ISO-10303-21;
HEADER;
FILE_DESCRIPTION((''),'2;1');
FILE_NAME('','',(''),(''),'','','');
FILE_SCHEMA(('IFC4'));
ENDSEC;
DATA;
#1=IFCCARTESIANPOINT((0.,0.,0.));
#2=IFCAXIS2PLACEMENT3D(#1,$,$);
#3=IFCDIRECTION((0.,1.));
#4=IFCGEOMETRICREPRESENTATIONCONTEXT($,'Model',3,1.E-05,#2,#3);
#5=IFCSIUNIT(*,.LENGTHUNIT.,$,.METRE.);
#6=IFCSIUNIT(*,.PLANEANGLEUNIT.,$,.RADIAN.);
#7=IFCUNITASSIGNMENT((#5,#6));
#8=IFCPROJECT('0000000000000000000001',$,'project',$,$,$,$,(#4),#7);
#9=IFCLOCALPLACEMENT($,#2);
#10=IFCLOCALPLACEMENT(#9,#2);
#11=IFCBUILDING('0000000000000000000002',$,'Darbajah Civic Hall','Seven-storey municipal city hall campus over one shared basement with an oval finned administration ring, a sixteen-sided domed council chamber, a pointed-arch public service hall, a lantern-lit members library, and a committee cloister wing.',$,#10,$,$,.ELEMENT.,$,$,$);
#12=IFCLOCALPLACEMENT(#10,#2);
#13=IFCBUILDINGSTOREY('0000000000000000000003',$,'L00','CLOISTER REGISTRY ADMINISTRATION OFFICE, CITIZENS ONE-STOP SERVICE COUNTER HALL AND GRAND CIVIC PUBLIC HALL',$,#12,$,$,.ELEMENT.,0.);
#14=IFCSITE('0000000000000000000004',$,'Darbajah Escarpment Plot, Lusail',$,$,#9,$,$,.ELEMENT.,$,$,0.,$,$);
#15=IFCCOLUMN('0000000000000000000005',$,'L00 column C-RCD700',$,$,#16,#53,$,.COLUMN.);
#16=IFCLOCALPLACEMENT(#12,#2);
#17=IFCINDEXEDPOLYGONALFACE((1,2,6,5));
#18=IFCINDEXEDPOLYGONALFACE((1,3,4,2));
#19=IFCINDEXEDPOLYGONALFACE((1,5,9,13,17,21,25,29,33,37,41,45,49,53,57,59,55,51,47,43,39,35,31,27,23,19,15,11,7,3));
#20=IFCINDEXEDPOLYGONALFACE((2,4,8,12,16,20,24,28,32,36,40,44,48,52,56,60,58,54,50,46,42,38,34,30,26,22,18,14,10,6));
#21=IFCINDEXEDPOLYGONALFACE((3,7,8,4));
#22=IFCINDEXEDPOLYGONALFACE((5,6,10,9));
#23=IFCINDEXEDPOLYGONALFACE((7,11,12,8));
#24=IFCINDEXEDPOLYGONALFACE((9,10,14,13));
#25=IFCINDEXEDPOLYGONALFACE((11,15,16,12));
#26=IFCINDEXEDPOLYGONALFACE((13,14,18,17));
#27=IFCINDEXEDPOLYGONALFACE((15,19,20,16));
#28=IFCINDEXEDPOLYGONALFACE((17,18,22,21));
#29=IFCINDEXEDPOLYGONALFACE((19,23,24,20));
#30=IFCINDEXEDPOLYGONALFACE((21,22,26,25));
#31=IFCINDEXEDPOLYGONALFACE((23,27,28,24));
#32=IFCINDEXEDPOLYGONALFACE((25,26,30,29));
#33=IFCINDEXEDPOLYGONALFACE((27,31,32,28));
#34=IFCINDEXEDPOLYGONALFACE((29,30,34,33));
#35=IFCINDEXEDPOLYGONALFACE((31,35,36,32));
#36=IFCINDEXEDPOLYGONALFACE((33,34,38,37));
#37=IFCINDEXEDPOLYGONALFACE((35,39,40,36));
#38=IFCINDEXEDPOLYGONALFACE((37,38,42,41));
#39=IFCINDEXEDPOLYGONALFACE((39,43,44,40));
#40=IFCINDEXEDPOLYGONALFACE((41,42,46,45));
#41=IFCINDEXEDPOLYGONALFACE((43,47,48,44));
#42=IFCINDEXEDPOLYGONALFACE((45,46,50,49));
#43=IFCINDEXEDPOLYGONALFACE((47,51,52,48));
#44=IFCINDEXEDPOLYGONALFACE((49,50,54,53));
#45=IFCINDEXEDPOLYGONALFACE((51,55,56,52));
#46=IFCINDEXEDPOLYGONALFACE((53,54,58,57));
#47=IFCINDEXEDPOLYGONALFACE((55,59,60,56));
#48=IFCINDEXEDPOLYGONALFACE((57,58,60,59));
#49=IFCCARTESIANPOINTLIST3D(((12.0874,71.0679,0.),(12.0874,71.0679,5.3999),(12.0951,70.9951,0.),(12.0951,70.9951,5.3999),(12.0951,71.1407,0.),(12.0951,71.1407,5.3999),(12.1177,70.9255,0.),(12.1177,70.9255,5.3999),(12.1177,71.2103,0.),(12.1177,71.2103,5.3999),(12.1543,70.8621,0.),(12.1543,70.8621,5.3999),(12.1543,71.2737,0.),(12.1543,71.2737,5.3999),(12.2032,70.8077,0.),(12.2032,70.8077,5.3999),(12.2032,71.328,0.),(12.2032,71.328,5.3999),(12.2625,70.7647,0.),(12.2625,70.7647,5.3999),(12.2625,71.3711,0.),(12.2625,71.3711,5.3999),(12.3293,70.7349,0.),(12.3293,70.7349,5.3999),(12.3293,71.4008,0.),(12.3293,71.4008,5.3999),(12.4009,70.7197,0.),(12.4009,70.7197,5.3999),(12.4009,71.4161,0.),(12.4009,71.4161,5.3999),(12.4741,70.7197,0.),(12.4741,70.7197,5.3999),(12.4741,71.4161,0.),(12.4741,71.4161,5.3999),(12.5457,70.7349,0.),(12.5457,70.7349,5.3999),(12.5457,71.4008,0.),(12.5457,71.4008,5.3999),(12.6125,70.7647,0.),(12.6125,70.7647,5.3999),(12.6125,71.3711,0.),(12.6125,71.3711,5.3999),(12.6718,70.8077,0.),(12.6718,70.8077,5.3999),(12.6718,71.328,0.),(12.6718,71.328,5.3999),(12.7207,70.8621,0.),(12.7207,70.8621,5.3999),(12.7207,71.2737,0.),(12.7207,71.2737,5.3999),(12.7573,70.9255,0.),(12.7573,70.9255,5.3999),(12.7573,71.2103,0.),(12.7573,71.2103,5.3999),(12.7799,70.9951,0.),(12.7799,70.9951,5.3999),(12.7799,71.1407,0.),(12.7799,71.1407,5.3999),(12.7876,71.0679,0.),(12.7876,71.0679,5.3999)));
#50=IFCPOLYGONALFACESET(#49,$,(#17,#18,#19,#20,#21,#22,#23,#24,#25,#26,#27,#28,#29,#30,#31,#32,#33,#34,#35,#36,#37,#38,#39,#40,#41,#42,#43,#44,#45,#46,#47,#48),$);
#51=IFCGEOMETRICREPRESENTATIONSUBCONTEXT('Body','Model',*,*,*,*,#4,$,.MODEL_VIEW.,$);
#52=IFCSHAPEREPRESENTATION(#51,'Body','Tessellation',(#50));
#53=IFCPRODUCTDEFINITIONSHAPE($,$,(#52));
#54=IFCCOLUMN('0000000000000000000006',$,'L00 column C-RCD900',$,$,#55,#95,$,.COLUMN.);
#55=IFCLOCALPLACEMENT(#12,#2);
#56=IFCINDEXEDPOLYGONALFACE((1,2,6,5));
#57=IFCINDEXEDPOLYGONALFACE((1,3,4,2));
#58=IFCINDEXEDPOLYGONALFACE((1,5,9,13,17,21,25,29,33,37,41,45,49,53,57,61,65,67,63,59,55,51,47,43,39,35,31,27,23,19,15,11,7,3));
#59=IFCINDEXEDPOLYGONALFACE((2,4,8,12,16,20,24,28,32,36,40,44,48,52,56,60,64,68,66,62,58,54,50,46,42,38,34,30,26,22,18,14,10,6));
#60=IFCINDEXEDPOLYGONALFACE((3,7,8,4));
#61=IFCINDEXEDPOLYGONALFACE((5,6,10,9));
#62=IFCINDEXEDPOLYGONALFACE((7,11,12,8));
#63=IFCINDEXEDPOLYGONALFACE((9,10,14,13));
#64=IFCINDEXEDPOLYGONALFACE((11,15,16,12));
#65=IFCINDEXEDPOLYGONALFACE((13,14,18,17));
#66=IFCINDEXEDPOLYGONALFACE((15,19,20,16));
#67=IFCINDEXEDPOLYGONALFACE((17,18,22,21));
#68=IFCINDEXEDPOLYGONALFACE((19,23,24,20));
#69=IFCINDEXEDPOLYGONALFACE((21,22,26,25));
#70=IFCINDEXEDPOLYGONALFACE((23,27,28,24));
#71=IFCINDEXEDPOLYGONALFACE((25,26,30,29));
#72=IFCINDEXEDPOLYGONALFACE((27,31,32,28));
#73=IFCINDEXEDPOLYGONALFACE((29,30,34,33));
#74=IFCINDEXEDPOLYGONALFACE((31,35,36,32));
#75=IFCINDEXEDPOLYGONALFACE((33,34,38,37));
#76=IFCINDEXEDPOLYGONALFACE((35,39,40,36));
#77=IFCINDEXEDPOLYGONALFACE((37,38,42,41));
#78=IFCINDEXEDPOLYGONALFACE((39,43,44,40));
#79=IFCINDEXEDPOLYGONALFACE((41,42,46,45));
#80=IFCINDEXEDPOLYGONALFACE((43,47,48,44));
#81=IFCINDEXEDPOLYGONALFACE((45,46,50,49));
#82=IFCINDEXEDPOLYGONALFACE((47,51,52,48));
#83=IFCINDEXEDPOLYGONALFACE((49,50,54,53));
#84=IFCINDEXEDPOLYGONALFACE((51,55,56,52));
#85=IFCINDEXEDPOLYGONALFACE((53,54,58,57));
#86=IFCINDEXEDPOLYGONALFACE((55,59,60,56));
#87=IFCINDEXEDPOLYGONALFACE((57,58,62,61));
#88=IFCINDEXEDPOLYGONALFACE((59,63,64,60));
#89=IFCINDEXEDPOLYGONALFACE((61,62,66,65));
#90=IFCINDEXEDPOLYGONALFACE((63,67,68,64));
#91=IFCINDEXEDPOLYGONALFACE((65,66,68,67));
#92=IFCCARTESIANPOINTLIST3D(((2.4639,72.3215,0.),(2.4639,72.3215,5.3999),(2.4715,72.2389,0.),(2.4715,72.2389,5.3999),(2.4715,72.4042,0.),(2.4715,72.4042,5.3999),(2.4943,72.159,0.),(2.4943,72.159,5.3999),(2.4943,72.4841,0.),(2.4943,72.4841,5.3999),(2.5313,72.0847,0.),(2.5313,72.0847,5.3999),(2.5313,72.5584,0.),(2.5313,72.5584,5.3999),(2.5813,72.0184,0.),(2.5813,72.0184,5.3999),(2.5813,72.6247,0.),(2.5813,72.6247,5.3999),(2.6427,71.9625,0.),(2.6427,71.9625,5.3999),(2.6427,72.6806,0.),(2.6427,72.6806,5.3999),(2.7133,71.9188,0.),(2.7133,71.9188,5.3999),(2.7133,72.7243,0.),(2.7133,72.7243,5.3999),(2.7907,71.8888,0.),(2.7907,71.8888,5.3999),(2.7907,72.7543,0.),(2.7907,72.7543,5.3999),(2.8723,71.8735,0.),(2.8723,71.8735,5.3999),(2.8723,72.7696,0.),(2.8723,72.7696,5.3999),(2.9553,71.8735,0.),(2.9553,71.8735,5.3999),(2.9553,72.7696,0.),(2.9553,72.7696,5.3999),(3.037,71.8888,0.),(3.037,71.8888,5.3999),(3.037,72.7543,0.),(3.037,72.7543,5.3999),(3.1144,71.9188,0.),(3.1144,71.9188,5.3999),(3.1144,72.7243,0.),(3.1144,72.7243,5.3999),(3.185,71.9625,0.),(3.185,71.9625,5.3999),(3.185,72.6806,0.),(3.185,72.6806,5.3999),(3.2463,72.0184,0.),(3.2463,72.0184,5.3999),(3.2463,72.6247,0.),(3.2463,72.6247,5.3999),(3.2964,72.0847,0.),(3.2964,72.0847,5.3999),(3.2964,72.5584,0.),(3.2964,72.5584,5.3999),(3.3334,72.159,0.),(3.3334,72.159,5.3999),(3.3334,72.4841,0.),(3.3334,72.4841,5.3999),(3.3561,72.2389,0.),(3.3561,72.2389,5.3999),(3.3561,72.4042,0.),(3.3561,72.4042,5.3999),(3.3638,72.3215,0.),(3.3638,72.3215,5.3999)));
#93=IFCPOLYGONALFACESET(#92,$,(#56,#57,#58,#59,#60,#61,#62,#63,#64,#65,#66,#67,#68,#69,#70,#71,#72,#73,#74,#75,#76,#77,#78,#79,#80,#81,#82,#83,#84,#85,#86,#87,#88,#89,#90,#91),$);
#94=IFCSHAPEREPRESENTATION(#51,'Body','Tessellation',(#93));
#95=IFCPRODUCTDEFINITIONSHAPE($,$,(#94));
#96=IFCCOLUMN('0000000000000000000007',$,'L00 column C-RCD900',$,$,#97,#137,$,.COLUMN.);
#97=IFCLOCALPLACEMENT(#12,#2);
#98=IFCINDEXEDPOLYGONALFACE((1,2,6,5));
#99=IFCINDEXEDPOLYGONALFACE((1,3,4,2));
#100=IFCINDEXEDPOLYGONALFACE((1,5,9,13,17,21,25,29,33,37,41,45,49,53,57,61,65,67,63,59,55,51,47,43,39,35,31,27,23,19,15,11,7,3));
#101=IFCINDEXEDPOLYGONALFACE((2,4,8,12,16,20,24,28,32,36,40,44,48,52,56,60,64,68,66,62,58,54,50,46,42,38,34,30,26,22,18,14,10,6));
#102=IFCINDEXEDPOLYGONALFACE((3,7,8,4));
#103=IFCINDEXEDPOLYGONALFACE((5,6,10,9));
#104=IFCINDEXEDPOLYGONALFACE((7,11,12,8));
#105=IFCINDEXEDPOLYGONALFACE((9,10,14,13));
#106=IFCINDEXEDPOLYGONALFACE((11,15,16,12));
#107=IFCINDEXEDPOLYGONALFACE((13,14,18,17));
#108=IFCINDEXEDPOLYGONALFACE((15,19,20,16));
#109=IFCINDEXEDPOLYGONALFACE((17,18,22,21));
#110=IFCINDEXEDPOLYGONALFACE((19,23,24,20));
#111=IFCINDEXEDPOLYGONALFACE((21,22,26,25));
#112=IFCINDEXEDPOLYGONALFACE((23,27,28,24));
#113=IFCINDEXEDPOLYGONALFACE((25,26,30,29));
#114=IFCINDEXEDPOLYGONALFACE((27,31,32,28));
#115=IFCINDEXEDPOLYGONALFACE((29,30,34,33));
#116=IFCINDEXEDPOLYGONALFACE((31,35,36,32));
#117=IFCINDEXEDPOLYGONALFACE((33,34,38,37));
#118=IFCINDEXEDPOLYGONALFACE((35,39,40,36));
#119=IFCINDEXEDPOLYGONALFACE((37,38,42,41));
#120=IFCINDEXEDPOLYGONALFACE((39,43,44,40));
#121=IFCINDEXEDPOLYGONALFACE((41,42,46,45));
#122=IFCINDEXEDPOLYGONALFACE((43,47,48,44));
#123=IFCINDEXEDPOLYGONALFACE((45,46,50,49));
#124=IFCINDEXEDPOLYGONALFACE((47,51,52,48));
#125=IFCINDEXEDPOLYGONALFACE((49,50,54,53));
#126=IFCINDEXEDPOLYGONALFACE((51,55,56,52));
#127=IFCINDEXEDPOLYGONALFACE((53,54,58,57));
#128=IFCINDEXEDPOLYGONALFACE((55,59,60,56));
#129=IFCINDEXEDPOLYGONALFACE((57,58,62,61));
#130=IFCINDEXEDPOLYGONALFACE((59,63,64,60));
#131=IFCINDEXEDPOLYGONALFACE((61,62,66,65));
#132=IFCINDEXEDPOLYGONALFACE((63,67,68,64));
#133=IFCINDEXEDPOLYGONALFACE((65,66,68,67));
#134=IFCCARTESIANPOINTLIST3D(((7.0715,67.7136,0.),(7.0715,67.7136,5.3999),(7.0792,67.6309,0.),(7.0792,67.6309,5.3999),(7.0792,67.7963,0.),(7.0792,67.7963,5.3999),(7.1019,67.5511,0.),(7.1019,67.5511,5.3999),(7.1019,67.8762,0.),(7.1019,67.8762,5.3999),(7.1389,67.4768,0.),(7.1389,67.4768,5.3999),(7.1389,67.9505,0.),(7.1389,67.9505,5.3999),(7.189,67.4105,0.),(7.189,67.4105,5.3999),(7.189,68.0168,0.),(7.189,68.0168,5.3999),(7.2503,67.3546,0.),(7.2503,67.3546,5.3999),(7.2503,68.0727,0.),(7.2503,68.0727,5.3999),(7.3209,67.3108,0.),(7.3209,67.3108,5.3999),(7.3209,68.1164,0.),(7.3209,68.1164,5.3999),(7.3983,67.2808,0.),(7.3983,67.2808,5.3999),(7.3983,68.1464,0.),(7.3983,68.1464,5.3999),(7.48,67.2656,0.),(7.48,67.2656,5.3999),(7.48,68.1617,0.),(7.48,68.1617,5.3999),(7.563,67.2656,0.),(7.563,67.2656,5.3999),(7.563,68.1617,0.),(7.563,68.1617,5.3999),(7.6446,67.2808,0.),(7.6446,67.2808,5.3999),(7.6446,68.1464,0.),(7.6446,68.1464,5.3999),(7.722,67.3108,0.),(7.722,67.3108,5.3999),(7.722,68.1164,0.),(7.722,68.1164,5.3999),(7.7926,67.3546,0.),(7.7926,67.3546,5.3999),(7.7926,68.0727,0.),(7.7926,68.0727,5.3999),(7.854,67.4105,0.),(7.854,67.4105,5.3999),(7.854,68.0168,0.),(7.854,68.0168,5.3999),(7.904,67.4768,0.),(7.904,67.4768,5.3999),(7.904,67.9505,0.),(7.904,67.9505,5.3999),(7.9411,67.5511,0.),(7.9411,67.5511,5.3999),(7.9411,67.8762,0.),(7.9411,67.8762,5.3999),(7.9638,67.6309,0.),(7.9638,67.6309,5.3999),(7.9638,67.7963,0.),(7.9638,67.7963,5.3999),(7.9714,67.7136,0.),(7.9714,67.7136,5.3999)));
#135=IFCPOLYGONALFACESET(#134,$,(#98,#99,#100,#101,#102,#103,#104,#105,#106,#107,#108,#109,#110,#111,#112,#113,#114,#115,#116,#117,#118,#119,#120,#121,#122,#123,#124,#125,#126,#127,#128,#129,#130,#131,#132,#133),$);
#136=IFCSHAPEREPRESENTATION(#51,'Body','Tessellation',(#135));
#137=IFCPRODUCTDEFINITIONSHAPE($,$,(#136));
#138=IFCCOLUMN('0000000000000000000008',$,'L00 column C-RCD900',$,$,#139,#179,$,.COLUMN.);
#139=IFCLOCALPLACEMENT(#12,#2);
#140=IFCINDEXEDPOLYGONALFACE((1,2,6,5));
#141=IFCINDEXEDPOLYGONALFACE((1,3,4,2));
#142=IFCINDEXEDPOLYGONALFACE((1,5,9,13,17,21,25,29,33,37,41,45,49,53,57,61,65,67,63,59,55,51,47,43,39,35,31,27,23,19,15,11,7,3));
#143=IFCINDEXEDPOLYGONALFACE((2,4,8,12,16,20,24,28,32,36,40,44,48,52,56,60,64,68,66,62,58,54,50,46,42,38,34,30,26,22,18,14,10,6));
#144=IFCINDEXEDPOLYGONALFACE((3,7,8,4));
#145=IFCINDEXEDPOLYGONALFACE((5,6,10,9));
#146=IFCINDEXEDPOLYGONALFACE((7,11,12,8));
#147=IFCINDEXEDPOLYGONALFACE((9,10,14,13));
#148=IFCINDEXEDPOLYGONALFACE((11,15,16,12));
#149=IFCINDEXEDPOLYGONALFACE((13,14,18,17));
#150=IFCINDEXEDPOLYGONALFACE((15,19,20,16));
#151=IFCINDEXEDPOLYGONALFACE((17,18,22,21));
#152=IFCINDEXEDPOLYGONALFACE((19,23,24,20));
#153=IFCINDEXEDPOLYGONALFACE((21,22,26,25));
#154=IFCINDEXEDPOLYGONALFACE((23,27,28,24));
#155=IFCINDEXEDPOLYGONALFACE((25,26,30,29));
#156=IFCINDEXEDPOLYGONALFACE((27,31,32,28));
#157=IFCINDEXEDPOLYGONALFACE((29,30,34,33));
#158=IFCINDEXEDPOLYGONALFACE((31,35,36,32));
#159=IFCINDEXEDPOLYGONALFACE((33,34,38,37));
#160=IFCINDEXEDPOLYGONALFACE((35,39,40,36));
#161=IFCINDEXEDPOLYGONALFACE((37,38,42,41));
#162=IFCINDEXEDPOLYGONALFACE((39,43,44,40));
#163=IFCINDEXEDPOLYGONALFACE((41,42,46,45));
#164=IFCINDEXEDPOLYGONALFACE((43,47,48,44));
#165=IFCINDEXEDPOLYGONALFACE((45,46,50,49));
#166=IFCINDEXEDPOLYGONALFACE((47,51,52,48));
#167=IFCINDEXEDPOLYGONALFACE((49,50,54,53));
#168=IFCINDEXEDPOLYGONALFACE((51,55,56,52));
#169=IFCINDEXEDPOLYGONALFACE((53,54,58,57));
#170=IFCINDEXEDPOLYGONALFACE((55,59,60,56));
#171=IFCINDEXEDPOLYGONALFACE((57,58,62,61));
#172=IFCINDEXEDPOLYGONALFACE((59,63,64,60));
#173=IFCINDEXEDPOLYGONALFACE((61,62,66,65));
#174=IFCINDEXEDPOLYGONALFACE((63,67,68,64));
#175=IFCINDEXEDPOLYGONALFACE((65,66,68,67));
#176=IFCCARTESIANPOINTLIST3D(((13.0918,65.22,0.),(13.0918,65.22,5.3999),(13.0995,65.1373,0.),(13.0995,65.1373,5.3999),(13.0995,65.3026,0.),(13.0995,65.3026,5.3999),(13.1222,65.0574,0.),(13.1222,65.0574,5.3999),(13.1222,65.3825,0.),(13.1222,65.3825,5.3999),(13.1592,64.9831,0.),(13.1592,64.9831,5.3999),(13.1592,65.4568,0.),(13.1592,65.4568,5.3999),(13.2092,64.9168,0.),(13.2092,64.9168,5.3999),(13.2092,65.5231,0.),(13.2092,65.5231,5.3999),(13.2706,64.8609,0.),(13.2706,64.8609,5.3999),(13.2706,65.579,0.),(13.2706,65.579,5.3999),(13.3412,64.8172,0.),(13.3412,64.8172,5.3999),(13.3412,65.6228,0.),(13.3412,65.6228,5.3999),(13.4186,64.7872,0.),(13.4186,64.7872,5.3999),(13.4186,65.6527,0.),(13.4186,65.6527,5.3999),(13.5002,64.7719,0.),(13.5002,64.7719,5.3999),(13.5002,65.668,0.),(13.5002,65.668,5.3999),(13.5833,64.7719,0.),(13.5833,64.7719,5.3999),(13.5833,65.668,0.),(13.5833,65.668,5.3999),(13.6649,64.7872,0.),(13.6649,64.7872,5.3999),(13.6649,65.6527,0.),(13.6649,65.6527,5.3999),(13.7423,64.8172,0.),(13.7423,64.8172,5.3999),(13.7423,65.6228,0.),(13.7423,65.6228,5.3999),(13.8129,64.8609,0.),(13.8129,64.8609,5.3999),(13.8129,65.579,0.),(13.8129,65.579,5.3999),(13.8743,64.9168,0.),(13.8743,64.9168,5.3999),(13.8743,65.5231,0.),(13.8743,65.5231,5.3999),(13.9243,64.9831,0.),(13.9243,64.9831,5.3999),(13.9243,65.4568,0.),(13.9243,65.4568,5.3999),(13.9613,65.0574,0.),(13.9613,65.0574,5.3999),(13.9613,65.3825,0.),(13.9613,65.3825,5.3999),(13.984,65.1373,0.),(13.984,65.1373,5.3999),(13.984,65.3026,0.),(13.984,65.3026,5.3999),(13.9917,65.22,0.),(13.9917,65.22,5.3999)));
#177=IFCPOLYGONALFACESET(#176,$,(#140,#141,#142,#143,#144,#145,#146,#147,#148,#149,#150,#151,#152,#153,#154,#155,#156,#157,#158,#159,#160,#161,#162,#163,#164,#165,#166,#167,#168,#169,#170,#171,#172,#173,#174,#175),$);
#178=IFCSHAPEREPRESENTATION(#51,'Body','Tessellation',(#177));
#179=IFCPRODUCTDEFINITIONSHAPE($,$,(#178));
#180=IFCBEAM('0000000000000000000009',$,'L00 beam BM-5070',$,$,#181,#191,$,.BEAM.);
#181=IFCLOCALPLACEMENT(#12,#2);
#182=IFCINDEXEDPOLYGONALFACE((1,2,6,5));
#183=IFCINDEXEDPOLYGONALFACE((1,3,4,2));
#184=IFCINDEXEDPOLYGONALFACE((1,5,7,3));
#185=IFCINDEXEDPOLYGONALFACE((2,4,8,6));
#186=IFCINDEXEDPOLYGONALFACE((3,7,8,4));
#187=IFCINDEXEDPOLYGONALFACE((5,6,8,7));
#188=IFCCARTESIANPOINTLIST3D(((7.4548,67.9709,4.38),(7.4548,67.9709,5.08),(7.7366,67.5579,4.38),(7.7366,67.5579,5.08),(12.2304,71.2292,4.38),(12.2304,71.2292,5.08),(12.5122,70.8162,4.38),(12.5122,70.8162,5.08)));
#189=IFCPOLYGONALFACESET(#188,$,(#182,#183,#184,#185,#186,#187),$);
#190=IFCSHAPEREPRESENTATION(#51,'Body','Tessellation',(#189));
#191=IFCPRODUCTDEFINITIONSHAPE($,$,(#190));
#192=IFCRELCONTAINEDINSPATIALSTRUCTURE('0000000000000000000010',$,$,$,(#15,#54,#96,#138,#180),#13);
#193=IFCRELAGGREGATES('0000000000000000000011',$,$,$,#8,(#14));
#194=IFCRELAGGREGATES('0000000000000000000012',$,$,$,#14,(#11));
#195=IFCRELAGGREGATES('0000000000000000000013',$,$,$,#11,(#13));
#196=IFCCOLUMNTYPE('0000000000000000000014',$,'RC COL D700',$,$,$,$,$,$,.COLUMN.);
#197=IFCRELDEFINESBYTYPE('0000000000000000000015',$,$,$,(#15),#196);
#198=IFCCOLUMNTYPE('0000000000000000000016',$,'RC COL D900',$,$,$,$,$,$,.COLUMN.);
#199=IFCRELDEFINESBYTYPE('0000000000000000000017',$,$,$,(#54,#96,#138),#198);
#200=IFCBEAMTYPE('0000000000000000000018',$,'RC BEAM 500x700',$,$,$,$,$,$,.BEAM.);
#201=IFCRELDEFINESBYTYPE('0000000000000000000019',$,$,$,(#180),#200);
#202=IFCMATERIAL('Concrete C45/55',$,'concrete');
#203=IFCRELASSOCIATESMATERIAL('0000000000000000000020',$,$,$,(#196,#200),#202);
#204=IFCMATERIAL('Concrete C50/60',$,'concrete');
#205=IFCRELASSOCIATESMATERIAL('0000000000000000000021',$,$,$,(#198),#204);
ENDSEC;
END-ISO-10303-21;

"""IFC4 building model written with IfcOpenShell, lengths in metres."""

from ifc_helpers import new_model, si_unit, direction, frame, origin, origin_2d, place, context, subcontext, project, spatial, rectangle, circle, extrude, material, material_profile, profile_set, type_object, element, save


model = new_model("IFC4")

# Units and contexts
model_context = context("Model", 3, precision=1e-05, world=origin(), true_north=direction((0.0, 1.0)))
body_context = subcontext(model_context, "Body", "Model", "MODEL_VIEW")
ifc_project = project(units=[si_unit("LENGTHUNIT", "METRE"), si_unit("PLANEANGLEUNIT", "RADIAN")], contexts=[model_context])

# Site, building, storey
site_placement = place(None, origin())
site = spatial("IfcSite", under=ifc_project, at=site_placement, Name="Darbajah Escarpment Plot, Lusail", CompositionType="ELEMENT", RefElevation=0.0)
building_placement = place(site_placement, origin())
building = spatial("IfcBuilding", under=site, at=building_placement, Name="Darbajah Civic Hall", Description="Seven-storey municipal city hall campus over one shared basement with an oval finned administration ring, a sixteen-sided domed council chamber, a pointed-arch public service hall, a lantern-lit members library, and a committee cloister wing.", CompositionType="ELEMENT")
storey_placement = place(building_placement, origin())
storey = spatial("IfcBuildingStorey", under=building, at=storey_placement, Name="L00", Description="CLOISTER REGISTRY ADMINISTRATION OFFICE, CITIZENS ONE-STOP SERVICE COUNTER HALL AND GRAND CIVIC PUBLIC HALL", CompositionType="ELEMENT", Elevation=0.0)

# Columns
ifc_material_1 = material(Name="Concrete C45/55", Category="concrete")
ifc_material_profile_1 = material_profile(ifc_material_1, circle(Radius=0.3501, at=origin_2d()), Name="RC COL D700")
ifc_profile_set_1 = profile_set([ifc_material_profile_1], Name="Concrete C45/55")
column_type_1 = type_object("IfcColumnType", Name="RC COL D700", PredefinedType="COLUMN", material=ifc_profile_set_1)
column_placement = place(storey_placement, frame((12.4375, 71.0679, 0.0), z_axis=(0.0, 0.0, 1.0), x_axis=(1.0, 0.0, 0.0)))
element("IfcColumn", 1, at=column_placement, inside=storey, type_object=column_type_1, Name="L00 column C-RCD700", PredefinedType="COLUMN", context=body_context, shape_type="SweptSolid", body=[
    extrude(circle(Radius=0.3501, at=origin_2d()), origin(), (0.0, 0.0, 1.0), 5.3999),
])
ifc_material_2 = material(Name="Concrete C50/60", Category="concrete")
ifc_material_profile_2 = material_profile(ifc_material_2, circle(Radius=0.45, at=origin_2d()), Name="RC COL D900")
ifc_profile_set_2 = profile_set([ifc_material_profile_2], Name="Concrete C50/60")
column_type_2 = type_object("IfcColumnType", Name="RC COL D900", PredefinedType="COLUMN", material=ifc_profile_set_2)
for number, where, z_axis, x_axis, name in (
    (2, (2.9138, 72.3215, 0.0), (0.0, 0.0, 1.0), (1.0, 0.0, 0.0), "L00 column C-RCD900"),
    (3, (7.5215, 67.7136, 0.0), (0.0, 0.0, 1.0), (1.0, 0.0, 0.0), "L00 column C-RCD900"),
    (4, (13.5417, 65.22, 0.0), (0.0, 0.0, 1.0), (1.0, 0.0, 0.0), "L00 column C-RCD900"),
):
    element("IfcColumn", number, at=place(storey_placement, frame(where, z_axis=z_axis, x_axis=x_axis)), inside=storey, type_object=column_type_2, Name=name, PredefinedType="COLUMN", context=body_context, shape_type="SweptSolid", body=[
        extrude(circle(Radius=0.45, at=origin_2d()), origin(), (0.0, 0.0, 1.0), 5.3999),
    ])

# Beam
ifc_material_profile_3 = material_profile(ifc_material_1, rectangle(XDim=0.5, YDim=0.7, at=origin_2d()), Name="RC BEAM 500x700")
ifc_profile_set_3 = profile_set([ifc_material_profile_3], Name="Concrete C45/55")
beam_type_1 = type_object("IfcBeamType", Name="RC BEAM 500x700", PredefinedType="BEAM", material=ifc_profile_set_3)
beam_1_placement = place(storey_placement, frame((12.3713, 71.0227, 4.73), z_axis=(-0.826051, -0.563595, 0.0), x_axis=(0.563595, -0.826051, 0.0)))
element("IfcBeam", 5, at=beam_1_placement, inside=storey, type_object=beam_type_1, Name="L00 beam BM-5070", PredefinedType="BEAM", context=body_context, shape_type="SweptSolid", body=[
    extrude(rectangle(XDim=0.5, YDim=0.7, at=origin_2d()), origin(), (0.0, 0.0, 1.0), 5.7812),
])

save(model, "model.ifc")
